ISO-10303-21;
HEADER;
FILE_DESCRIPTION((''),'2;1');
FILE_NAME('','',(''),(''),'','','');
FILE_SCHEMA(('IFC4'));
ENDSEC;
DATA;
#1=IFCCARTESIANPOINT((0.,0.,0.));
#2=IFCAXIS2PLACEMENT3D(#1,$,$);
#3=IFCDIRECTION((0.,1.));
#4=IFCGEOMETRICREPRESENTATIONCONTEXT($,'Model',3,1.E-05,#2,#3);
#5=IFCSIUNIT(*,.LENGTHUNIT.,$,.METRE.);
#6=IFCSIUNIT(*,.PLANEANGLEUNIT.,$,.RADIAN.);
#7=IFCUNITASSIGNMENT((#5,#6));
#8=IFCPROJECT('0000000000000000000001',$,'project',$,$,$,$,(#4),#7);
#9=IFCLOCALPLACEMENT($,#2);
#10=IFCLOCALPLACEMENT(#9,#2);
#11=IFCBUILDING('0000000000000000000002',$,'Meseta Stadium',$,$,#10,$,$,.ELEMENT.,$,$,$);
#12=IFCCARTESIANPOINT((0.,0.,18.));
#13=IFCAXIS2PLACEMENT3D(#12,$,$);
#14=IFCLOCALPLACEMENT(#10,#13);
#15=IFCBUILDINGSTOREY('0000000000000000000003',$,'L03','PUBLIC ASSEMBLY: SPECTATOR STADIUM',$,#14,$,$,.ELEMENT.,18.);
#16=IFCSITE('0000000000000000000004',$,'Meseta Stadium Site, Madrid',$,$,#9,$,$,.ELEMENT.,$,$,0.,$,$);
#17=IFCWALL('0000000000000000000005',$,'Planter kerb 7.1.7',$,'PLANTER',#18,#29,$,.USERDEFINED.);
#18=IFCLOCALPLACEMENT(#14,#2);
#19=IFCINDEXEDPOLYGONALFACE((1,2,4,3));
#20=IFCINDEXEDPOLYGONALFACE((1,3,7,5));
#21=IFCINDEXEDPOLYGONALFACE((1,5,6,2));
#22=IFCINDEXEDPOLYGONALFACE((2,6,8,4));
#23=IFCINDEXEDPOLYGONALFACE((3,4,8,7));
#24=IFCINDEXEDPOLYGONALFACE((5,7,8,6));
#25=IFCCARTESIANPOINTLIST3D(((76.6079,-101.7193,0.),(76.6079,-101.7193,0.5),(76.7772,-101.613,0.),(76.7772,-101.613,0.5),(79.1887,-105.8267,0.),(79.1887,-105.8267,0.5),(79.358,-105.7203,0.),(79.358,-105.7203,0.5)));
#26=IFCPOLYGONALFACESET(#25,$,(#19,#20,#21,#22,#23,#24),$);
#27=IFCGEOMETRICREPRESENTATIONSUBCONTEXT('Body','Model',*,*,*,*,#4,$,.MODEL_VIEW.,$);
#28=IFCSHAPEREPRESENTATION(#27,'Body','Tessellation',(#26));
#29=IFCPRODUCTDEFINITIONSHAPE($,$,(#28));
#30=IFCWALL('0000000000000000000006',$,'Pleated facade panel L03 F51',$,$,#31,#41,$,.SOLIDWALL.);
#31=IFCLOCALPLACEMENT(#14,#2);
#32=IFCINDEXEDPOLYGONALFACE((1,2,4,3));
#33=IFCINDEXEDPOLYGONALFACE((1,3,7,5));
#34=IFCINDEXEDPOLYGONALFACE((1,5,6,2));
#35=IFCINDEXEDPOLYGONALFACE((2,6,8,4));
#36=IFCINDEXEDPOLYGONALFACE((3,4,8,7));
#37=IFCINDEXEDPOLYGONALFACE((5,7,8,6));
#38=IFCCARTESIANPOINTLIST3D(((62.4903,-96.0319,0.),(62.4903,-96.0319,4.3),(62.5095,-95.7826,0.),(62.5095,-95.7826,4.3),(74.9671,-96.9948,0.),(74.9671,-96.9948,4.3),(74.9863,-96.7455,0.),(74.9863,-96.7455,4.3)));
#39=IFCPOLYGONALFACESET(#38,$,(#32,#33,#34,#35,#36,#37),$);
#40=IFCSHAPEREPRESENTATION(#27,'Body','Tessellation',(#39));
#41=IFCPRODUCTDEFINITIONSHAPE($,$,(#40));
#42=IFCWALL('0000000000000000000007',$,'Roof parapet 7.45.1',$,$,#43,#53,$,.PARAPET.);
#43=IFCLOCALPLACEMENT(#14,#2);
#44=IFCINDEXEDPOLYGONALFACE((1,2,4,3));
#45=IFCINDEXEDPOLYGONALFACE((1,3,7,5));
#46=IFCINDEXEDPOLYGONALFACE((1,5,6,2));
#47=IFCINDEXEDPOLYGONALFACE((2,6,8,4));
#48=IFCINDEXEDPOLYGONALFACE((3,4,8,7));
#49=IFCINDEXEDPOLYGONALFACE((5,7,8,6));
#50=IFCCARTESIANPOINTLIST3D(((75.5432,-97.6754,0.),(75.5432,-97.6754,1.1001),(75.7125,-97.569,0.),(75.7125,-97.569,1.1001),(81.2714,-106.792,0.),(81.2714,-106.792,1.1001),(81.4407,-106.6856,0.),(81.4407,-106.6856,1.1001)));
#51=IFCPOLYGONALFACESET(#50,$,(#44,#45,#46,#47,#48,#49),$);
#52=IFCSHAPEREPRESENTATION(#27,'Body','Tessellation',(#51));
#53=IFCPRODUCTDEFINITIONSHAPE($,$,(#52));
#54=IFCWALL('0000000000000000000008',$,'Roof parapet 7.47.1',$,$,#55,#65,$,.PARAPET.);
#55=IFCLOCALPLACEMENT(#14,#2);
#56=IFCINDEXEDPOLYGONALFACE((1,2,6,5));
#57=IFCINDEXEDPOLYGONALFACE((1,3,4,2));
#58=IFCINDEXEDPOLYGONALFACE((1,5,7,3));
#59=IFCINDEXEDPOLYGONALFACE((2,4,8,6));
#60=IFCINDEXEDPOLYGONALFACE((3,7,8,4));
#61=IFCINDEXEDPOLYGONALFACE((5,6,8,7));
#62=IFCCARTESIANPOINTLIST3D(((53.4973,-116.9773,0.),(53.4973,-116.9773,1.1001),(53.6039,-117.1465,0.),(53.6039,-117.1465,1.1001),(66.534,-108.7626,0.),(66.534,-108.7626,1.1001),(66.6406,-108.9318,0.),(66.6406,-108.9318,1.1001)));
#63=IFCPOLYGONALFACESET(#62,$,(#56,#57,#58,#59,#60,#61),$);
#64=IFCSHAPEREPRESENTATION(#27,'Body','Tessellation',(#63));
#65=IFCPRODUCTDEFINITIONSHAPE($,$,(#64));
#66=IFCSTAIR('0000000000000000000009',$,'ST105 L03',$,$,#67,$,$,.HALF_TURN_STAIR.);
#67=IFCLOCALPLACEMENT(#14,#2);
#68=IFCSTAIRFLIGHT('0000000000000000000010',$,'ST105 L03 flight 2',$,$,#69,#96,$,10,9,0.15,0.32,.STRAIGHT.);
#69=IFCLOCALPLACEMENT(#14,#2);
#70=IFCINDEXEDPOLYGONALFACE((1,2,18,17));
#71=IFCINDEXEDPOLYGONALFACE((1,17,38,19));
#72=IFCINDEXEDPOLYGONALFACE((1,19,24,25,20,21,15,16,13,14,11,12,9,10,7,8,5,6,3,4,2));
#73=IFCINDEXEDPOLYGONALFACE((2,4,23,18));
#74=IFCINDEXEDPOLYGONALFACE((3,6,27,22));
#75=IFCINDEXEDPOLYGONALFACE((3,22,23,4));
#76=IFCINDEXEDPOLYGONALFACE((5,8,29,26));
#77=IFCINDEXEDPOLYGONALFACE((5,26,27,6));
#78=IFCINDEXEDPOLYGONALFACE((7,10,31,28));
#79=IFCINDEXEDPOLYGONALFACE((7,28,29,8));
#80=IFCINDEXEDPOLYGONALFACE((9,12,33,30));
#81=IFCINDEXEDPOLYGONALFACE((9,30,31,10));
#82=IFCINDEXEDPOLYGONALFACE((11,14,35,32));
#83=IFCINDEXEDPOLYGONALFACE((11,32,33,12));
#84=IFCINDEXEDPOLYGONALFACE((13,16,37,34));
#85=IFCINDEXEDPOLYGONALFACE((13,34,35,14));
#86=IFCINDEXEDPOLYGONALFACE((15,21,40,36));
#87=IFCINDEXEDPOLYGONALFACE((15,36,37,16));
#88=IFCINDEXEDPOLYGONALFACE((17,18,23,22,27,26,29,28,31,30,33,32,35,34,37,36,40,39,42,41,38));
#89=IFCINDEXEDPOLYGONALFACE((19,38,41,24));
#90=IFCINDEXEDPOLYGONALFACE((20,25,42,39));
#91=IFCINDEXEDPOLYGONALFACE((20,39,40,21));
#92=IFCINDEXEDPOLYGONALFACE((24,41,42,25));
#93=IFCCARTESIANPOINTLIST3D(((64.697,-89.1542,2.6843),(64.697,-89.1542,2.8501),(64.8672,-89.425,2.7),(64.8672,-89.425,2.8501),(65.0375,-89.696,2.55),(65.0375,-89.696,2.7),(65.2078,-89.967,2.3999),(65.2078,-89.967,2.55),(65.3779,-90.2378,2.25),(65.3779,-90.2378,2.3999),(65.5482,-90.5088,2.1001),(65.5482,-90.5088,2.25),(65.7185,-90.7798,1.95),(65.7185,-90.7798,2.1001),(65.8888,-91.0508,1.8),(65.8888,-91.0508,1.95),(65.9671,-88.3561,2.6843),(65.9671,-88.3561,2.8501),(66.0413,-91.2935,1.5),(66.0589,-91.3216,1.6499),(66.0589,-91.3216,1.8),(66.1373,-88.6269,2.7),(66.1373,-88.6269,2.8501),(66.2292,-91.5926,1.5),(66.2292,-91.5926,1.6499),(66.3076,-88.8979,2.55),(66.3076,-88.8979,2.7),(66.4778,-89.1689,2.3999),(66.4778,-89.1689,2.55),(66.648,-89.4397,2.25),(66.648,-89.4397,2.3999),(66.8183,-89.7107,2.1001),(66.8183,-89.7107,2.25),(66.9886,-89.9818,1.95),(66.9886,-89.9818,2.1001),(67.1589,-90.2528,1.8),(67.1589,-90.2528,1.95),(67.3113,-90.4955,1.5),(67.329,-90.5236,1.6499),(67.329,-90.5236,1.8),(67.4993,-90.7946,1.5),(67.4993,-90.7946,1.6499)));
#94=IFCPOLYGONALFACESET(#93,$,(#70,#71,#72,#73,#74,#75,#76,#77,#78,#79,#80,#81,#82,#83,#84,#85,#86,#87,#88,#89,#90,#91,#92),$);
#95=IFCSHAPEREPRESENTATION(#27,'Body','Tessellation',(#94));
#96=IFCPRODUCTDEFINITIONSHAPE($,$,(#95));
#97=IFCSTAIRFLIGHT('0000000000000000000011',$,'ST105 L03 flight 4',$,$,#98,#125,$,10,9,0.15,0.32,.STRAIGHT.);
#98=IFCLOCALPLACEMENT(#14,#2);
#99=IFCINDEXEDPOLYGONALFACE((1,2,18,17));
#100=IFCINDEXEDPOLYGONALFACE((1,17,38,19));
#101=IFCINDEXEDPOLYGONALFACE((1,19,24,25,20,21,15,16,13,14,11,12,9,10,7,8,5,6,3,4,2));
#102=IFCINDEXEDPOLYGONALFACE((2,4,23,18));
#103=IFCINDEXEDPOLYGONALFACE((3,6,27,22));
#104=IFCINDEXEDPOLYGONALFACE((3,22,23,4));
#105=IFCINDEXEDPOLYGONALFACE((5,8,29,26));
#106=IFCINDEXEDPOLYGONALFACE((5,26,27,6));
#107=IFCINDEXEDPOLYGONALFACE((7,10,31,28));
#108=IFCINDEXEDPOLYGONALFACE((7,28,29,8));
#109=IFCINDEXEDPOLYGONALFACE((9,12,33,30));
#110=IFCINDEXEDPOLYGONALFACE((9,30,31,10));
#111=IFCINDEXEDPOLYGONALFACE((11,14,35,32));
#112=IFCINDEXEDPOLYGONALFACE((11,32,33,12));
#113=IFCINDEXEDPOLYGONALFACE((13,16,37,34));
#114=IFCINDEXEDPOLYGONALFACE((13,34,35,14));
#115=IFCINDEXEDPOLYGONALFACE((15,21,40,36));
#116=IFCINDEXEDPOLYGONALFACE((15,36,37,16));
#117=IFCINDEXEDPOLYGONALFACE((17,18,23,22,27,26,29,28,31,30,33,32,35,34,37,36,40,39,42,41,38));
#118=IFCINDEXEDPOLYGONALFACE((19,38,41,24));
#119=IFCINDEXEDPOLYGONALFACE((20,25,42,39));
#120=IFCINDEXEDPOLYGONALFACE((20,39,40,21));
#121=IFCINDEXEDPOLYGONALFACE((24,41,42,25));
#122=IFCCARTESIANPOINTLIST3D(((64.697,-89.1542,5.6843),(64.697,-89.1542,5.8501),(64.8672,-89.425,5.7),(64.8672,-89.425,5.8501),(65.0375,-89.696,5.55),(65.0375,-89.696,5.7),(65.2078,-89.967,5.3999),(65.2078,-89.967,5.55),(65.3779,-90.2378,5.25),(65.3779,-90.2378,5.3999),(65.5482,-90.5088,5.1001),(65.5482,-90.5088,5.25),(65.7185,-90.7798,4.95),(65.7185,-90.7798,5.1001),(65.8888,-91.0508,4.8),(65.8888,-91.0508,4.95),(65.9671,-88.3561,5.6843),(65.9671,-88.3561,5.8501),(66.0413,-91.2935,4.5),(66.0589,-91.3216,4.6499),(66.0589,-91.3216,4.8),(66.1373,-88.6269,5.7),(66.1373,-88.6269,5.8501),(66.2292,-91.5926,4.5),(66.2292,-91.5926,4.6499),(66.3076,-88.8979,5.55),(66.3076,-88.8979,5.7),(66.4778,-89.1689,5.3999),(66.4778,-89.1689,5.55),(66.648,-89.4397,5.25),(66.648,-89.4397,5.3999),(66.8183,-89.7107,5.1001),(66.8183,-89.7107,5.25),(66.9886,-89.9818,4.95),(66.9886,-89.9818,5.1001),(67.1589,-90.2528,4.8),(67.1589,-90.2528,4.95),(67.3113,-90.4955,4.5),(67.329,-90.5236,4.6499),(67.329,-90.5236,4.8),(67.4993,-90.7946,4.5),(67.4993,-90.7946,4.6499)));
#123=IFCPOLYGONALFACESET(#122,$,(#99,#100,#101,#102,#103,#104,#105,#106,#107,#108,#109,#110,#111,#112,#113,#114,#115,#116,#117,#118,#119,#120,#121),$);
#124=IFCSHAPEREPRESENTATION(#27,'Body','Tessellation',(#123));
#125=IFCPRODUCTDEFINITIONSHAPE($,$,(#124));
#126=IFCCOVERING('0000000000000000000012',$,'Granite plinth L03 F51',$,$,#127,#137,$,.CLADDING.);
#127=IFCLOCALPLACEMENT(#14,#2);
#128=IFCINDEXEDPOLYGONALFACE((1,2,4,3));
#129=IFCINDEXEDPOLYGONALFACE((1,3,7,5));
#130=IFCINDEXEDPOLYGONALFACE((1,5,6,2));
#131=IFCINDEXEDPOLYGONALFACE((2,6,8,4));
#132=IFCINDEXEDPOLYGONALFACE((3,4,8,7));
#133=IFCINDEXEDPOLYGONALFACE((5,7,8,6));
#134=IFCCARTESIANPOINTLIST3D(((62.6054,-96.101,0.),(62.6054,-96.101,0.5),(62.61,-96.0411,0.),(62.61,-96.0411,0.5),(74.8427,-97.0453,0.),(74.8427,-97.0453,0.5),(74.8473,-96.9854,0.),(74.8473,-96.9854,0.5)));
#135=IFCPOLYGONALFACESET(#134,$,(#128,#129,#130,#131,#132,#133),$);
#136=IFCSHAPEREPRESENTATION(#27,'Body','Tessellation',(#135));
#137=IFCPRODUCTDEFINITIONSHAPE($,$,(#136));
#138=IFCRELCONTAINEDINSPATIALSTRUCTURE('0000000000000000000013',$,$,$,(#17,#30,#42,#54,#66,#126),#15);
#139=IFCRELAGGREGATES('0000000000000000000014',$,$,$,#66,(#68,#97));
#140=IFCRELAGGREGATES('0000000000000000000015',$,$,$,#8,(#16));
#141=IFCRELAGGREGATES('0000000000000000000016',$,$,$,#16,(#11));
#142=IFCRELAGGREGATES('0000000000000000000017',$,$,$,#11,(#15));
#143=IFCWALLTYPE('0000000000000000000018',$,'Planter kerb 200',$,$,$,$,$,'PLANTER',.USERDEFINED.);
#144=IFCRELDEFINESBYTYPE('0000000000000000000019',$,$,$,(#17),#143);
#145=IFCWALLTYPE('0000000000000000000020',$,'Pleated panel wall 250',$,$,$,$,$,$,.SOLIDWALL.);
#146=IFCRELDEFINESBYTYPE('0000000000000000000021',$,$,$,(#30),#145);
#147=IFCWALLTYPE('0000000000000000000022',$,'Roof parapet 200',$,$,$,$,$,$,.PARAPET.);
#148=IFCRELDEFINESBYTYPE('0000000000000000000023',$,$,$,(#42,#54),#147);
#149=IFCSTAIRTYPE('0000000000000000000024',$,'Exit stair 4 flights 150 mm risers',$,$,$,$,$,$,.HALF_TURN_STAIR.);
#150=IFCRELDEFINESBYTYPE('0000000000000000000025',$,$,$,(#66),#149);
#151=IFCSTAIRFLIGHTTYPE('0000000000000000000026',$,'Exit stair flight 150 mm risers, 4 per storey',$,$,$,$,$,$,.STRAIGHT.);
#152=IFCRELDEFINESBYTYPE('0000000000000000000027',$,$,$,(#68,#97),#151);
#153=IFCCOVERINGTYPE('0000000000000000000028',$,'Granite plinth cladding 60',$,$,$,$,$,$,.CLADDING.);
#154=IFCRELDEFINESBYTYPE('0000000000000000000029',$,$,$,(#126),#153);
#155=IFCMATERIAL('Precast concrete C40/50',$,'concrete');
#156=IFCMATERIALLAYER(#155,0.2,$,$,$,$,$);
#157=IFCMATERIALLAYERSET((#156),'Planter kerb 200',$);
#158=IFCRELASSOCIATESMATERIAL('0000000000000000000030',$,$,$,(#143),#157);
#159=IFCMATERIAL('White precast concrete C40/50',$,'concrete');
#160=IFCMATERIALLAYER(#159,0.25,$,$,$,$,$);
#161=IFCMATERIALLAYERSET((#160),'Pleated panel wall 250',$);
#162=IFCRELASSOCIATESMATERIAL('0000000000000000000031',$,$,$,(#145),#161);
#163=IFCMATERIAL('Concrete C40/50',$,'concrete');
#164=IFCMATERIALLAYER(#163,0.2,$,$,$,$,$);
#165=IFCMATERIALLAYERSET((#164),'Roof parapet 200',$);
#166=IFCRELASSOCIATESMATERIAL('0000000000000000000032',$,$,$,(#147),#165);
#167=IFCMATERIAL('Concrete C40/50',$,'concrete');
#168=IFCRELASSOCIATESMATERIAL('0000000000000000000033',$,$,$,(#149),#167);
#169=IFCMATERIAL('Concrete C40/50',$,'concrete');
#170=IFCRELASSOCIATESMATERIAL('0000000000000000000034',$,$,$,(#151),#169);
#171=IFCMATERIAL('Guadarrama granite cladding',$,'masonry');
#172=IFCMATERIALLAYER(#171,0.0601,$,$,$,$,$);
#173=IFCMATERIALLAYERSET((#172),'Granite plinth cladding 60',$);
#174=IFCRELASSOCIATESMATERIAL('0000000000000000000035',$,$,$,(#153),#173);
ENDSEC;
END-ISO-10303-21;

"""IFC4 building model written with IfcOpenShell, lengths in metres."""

from ifc_helpers import new_model, si_unit, direction, frame, frame_2d, origin, origin_2d, place, context, subcontext, project, spatial, polyline, rectangle, outline, extrude, material, layer, layer_set, type_object, element, aggregate, save


model = new_model("IFC4")

# Units and contexts
model_context = context("Model", 3, precision=1e-05, world=origin(), true_north=direction((0.0, 1.0)))
body_context = subcontext(model_context, "Body", "Model", "MODEL_VIEW")
ifc_project = project(units=[si_unit("LENGTHUNIT", "METRE"), si_unit("PLANEANGLEUNIT", "RADIAN")], contexts=[model_context])

# Site, building, storey
site_placement = place(None, origin())
site = spatial("IfcSite", under=ifc_project, at=site_placement, Name="Meseta Stadium Site, Madrid", CompositionType="ELEMENT", RefElevation=0.0)
building_placement = place(site_placement, origin())
building = spatial("IfcBuilding", under=site, at=building_placement, Name="Meseta Stadium", CompositionType="ELEMENT")
storey_placement = place(building_placement, frame((0.0, 0.0, 18.0)))
storey = spatial("IfcBuildingStorey", under=building, at=storey_placement, Name="L03", Description="PUBLIC ASSEMBLY: SPECTATOR STADIUM", CompositionType="ELEMENT", Elevation=18.0)

# Walls
ifc_material_1 = material(Name="Precast concrete C40/50", Category="concrete")
ifc_layer_1 = layer(ifc_material_1, 0.2)
ifc_layer_set_1 = layer_set([ifc_layer_1], Name="Planter kerb 200")
wall_type_1 = type_object("IfcWallType", Name="Planter kerb 200", ElementType="PLANTER", PredefinedType="USERDEFINED", material=ifc_layer_set_1)
wall_1_placement = place(storey_placement, frame((76.6926, -101.6663, 0.0), z_axis=(0.0, 0.0, 1.0), x_axis=(0.532024, -0.846729, 0.0)))
element("IfcWall", 1, at=wall_1_placement, inside=storey, type_object=wall_type_1, Name="Planter kerb 7.1.7", ObjectType="PLANTER", PredefinedType="USERDEFINED", context=body_context, shape_type="SweptSolid", body=[
    extrude(rectangle(XDim=4.8508, YDim=0.2, at=frame_2d((2.4253, 0.0))), origin(), (0.0, 0.0, 1.0), 0.5),
])
ifc_material_2 = material(Name="White precast concrete C40/50", Category="concrete")
ifc_layer_2 = layer(ifc_material_2, 0.25)
ifc_layer_set_2 = layer_set([ifc_layer_2], Name="Pleated panel wall 250")
wall_type_2 = type_object("IfcWallType", Name="Pleated panel wall 250", PredefinedType="SOLIDWALL", material=ifc_layer_set_2)
wall_2_placement = place(storey_placement, frame((74.9766, -96.8701, 0.0), z_axis=(0.0, 0.0, 1.0), x_axis=(-0.997035, 0.076946, 0.0)))
element("IfcWall", 2, at=wall_2_placement, inside=storey, type_object=wall_type_2, Name="Pleated facade panel L03 F51", PredefinedType="SOLIDWALL", context=body_context, shape_type="SweptSolid", body=[
    extrude(rectangle(XDim=12.5139, YDim=0.25, at=frame_2d((6.2568, 0.0))), origin(), (0.0, 0.0, 1.0), 4.3),
])
ifc_material_3 = material(Name="Concrete C40/50", Category="concrete")
ifc_layer_3 = layer(ifc_material_3, 0.2)
ifc_layer_set_3 = layer_set([ifc_layer_3], Name="Roof parapet 200")
wall_type_3 = type_object("IfcWallType", Name="Roof parapet 200", PredefinedType="PARAPET", material=ifc_layer_set_3)
wall_3_placement = place(storey_placement, frame((75.6279, -97.6223, 0.0), z_axis=(0.0, 0.0, 1.0), x_axis=(0.532023, -0.84673, 0.0)))
element("IfcWall", 3, at=wall_3_placement, inside=storey, type_object=wall_type_3, Name="Roof parapet 7.45.1", PredefinedType="PARAPET", context=body_context, shape_type="SweptSolid", body=[
    extrude(rectangle(XDim=10.7668, YDim=0.2, at=frame_2d((5.3833, 0.0))), origin(), (0.0, 0.0, 1.0), 1.1001),
])
wall_4_placement = place(storey_placement, frame((66.5874, -108.8472, 0.0), z_axis=(0.0, 0.0, 1.0), x_axis=(-0.846047, -0.533109, 0.0)))
element("IfcWall", 4, at=wall_4_placement, inside=storey, type_object=wall_type_3, Name="Roof parapet 7.47.1", PredefinedType="PARAPET", context=body_context, shape_type="SweptSolid", body=[
    extrude(rectangle(XDim=15.4089, YDim=0.2, at=frame_2d((7.7046, 0.0))), origin(), (0.0, 0.0, 1.0), 1.1001),
])

# Stair, stair flights
ifc_material_4 = material(Name="Concrete C40/50", Category="concrete")
stair_type = type_object("IfcStairType", Name="Exit stair 4 flights 150 mm risers", PredefinedType="HALF_TURN_STAIR", material=ifc_material_4)
stair_placement = place(storey_placement, origin())
stair = element("IfcStair", 5, at=stair_placement, inside=storey, type_object=stair_type, Name="ST105 L03", PredefinedType="HALF_TURN_STAIR")
ifc_material_5 = material(Name="Concrete C40/50", Category="concrete")
stair_flight_type = type_object("IfcStairFlightType", Name="Exit stair flight 150 mm risers, 4 per storey", PredefinedType="STRAIGHT", material=ifc_material_5)
stair_flight_1_placement = place(storey_placement, frame((66.8643, -91.1936, 1.5), z_axis=(0.0, 0.0, 1.0), x_axis=(-0.532032, 0.846724, 0.0)))
stair_flight_1 = element("IfcStairFlight", 6, at=stair_flight_1_placement, type_object=stair_flight_type, Name="ST105 L03 flight 2", NumberOfRisers=10, NumberOfTreads=9, PredefinedType="STRAIGHT", RiserHeight=0.15, TreadLength=0.32, context=body_context, shape_type="SweptSolid", body=[
    extrude(outline(polyline([(0.0, 0.0), (0.0, 0.1499), (0.3201, 0.1499), (0.3201, 0.3), (0.6399, 0.3), (0.6399, 0.45), (0.96, 0.45), (0.96, 0.6001), (1.28, 0.6001), (1.28, 0.75), (1.6001, 0.75), (1.6001, 0.8999), (1.9199, 0.8999), (1.9199, 1.05), (2.24, 1.05), (2.24, 1.2), (2.5601, 1.2), (2.5601, 1.3501), (2.8799, 1.3501), (2.8799, 1.1843), (0.3533, 0.0), (0.0, 0.0)])), frame((0.0, 0.75, 0.0), z_axis=(0.0, -1.0, 0.0), x_axis=(1.0, 0.0, 0.0)), (0.0, 0.0, 1.0), 1.5),
])
stair_flight_2_placement = place(storey_placement, frame((66.8643, -91.1936, 4.5), z_axis=(0.0, 0.0, 1.0), x_axis=(-0.532032, 0.846724, 0.0)))
stair_flight_2 = element("IfcStairFlight", 7, at=stair_flight_2_placement, type_object=stair_flight_type, Name="ST105 L03 flight 4", NumberOfRisers=10, NumberOfTreads=9, PredefinedType="STRAIGHT", RiserHeight=0.15, TreadLength=0.32, context=body_context, shape_type="SweptSolid", body=[
    extrude(outline(polyline([(0.0, 0.0), (0.0, 0.1499), (0.3201, 0.1499), (0.3201, 0.3), (0.6399, 0.3), (0.6399, 0.45), (0.96, 0.45), (0.96, 0.6001), (1.28, 0.6001), (1.28, 0.75), (1.6001, 0.75), (1.6001, 0.8999), (1.9199, 0.8999), (1.9199, 1.05), (2.24, 1.05), (2.24, 1.2), (2.5601, 1.2), (2.5601, 1.3501), (2.8799, 1.3501), (2.8799, 1.1843), (0.3533, 0.0), (0.0, 0.0)])), frame((0.0, 0.75, 0.0), z_axis=(0.0, -1.0, 0.0), x_axis=(1.0, 0.0, 0.0)), (0.0, 0.0, 1.0), 1.5),
])
aggregate(stair, [stair_flight_1, stair_flight_2])

# Covering
ifc_material_6 = material(Name="Guadarrama granite cladding", Category="masonry")
ifc_layer_4 = layer(ifc_material_6, 0.0601)
ifc_layer_set_4 = layer_set([ifc_layer_4], Name="Granite plinth cladding 60")
covering_type_1 = type_object("IfcCoveringType", Name="Granite plinth cladding 60", PredefinedType="CLADDING", material=ifc_layer_set_4)
covering_1_placement = place(storey_placement, frame((68.7263, -96.5432, 0.0), z_axis=(0.0, 0.0, 1.0), x_axis=(-0.997036, 0.076937, 0.0)))
element("IfcCovering", 8, at=covering_1_placement, inside=storey, type_object=covering_type_1, Name="Granite plinth L03 F51", PredefinedType="CLADDING", context=body_context, shape_type="SweptSolid", body=[
    extrude(rectangle(XDim=12.2737, YDim=0.0601, at=origin_2d()), origin(), (0.0, 0.0, 1.0), 0.5),
])

save(model, "model.ifc")
